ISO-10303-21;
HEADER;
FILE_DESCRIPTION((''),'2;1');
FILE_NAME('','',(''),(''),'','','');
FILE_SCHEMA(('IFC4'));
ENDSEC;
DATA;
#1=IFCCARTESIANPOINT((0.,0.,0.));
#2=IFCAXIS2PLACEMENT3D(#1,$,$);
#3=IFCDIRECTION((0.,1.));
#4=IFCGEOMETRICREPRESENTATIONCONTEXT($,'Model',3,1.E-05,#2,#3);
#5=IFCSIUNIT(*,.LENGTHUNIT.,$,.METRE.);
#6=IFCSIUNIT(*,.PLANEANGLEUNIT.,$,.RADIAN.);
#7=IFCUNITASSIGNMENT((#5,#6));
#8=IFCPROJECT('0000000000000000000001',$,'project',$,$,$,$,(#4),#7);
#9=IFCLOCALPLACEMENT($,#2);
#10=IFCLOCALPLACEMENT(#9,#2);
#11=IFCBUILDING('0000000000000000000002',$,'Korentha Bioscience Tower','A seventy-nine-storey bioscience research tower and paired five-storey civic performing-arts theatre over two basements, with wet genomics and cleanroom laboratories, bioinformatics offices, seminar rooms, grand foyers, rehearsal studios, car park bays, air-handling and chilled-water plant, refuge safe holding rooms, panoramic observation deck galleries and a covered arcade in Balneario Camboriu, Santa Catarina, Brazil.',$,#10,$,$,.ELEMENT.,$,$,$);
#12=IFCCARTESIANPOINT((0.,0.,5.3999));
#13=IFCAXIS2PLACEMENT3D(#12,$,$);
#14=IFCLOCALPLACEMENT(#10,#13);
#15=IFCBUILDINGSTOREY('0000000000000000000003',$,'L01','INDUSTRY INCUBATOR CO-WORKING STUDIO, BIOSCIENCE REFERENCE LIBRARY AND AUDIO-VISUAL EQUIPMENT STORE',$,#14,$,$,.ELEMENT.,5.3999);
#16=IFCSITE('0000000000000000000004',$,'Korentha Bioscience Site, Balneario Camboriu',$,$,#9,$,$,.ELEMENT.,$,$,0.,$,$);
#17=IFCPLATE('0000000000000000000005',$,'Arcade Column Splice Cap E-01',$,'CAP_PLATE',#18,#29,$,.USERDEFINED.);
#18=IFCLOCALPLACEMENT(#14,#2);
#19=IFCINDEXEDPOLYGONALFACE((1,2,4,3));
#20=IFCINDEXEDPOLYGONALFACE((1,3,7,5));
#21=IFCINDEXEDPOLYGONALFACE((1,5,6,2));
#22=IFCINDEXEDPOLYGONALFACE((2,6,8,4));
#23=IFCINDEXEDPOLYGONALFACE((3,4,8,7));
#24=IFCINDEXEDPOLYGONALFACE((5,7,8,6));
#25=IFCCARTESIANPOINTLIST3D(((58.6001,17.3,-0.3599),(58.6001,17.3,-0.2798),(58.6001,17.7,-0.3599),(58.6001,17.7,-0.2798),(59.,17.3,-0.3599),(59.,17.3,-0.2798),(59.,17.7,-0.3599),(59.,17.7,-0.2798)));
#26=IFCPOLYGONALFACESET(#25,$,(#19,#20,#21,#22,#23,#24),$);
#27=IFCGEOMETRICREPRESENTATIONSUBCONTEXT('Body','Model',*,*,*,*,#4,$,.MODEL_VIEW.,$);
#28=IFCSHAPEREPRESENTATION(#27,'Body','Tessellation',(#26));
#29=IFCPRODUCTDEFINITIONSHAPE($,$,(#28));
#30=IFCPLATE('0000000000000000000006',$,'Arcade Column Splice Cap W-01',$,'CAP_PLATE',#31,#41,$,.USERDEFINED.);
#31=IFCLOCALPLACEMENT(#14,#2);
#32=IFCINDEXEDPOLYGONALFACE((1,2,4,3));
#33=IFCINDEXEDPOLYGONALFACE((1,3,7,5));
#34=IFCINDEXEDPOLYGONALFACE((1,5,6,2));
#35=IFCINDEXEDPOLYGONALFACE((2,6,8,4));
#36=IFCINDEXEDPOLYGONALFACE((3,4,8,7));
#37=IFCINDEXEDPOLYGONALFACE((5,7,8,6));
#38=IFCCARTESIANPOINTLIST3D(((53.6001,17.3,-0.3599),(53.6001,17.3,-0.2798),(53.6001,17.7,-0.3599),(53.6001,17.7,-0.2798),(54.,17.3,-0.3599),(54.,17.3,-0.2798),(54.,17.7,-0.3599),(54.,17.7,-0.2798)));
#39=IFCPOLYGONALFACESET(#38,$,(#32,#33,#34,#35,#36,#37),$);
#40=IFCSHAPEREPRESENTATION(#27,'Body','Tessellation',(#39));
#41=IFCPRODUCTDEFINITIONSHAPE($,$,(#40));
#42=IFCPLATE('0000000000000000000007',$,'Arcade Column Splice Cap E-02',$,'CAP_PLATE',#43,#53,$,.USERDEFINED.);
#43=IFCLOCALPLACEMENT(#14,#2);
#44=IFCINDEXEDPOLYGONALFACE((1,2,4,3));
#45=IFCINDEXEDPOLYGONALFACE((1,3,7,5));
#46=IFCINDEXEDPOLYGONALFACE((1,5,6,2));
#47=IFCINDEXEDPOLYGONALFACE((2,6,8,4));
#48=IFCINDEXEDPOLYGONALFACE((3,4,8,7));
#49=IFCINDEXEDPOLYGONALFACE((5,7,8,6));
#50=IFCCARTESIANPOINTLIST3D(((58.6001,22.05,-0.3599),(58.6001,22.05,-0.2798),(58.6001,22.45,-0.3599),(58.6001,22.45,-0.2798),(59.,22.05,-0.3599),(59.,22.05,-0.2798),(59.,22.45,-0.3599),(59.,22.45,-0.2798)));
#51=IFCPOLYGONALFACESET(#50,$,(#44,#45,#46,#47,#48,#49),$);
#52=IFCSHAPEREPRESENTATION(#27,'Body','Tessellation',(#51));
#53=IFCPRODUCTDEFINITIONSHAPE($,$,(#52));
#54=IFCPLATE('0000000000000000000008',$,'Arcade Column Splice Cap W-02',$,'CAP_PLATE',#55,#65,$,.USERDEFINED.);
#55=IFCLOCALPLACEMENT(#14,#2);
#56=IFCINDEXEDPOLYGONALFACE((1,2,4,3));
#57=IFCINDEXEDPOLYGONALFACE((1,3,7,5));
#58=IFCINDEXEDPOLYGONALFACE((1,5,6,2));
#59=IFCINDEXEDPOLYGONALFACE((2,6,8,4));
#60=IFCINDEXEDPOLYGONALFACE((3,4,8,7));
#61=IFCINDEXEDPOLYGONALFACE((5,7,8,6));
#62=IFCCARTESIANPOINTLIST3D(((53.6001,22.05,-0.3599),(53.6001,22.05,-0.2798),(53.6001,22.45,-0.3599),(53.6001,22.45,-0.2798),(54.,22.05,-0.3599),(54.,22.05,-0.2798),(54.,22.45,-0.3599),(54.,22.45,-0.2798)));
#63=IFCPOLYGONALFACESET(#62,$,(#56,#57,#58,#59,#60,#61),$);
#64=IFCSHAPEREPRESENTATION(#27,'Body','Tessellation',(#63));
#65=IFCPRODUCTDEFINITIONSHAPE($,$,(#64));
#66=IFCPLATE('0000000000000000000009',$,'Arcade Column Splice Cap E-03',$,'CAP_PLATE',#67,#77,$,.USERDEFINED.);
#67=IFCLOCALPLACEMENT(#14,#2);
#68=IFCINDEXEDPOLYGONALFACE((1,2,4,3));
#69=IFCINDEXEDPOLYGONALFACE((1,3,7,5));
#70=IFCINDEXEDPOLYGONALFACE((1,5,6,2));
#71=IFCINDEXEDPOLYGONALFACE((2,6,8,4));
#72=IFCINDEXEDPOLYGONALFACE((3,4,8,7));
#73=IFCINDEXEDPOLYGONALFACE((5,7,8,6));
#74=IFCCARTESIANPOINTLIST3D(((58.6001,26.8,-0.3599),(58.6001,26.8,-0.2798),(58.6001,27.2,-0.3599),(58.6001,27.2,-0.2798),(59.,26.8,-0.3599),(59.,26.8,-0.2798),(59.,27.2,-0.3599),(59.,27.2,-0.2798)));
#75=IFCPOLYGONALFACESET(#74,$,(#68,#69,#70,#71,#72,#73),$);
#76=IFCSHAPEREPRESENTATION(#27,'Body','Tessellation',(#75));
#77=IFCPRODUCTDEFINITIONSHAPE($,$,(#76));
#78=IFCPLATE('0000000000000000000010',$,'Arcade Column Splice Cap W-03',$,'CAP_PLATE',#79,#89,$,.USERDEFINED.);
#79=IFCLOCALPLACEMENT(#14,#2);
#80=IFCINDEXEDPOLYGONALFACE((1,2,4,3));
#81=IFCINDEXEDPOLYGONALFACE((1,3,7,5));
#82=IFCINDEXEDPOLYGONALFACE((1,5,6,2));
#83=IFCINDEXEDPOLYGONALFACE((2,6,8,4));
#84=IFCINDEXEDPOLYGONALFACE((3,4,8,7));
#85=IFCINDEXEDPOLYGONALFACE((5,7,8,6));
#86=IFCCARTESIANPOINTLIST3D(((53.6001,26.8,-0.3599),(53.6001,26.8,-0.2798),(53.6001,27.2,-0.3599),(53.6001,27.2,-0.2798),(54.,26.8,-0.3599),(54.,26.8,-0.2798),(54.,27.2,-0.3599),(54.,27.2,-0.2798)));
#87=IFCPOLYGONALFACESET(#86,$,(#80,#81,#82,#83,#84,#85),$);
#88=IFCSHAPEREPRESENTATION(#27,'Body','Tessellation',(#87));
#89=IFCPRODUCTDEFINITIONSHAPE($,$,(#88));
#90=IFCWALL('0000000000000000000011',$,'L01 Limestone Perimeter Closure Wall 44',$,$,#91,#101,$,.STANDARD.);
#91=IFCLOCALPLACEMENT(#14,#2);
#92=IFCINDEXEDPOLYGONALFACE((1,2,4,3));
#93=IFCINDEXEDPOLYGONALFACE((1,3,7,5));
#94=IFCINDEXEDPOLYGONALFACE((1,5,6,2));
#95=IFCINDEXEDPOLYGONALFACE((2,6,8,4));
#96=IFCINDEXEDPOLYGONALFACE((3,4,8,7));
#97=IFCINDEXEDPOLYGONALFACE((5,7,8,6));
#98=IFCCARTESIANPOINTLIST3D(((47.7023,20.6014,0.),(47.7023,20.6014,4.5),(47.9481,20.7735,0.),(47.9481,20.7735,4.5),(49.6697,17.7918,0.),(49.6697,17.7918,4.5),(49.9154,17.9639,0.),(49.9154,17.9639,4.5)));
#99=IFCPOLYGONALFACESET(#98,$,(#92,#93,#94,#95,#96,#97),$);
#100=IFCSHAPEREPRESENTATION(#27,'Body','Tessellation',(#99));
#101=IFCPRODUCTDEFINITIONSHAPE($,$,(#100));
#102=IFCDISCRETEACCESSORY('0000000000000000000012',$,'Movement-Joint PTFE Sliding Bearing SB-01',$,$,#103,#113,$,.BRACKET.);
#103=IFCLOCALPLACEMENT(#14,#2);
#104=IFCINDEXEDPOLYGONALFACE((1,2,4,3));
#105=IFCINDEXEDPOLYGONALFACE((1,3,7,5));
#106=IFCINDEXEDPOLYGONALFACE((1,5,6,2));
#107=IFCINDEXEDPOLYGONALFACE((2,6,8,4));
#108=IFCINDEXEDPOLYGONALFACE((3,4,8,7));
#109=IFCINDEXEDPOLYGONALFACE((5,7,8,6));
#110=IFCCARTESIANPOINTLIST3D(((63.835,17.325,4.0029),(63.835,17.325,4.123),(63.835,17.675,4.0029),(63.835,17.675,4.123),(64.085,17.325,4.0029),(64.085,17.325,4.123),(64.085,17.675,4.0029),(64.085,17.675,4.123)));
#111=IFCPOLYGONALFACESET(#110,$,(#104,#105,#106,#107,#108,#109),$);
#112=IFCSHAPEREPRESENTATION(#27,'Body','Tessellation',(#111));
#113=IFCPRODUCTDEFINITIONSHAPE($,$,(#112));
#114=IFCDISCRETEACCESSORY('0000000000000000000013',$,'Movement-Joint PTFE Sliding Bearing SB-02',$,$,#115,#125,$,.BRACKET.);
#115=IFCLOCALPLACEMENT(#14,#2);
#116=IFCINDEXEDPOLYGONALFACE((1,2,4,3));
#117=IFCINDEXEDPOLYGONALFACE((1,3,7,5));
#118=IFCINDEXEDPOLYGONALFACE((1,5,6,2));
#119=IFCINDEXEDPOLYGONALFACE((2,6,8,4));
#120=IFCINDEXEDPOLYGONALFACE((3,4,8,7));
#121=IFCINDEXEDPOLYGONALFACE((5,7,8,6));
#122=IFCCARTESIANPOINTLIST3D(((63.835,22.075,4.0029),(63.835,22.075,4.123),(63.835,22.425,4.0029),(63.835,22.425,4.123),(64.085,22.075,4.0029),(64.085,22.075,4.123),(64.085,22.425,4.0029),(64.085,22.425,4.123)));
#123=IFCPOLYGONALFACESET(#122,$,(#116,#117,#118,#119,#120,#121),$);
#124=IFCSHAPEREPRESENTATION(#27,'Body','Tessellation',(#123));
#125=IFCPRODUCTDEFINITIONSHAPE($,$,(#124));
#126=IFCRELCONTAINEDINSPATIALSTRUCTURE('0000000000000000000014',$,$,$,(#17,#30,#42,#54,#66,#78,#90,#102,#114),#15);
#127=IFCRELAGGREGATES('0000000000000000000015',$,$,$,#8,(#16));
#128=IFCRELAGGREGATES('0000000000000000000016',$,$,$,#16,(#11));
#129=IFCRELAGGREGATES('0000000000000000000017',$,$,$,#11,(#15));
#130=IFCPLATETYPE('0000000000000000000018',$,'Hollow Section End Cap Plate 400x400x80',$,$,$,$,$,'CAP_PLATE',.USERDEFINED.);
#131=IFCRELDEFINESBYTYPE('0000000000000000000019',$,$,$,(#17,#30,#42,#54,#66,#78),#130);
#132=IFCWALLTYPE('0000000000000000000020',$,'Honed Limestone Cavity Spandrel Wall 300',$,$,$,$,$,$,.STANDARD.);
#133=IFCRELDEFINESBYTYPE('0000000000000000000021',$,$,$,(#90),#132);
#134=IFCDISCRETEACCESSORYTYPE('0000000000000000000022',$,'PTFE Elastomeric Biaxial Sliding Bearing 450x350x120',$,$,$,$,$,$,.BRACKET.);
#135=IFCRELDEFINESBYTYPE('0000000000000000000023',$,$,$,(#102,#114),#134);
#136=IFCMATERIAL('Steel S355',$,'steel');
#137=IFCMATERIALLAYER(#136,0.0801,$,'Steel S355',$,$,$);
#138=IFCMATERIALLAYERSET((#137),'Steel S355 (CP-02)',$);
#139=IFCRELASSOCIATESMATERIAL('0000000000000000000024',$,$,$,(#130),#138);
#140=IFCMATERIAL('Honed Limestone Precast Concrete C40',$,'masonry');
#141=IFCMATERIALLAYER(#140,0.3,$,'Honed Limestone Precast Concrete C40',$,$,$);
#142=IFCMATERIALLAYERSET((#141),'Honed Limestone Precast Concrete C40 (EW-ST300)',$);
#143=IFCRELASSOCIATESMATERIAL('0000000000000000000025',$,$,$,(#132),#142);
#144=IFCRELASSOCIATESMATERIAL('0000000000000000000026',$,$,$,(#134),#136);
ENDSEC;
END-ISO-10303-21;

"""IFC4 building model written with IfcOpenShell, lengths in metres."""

from ifc_helpers import new_model, si_unit, direction, frame, frame_2d, origin, origin_2d, place, context, subcontext, project, spatial, rectangle, extrude, material, layer, layer_set, type_object, element, save


model = new_model("IFC4")

# Units and contexts
model_context = context("Model", 3, precision=1e-05, world=origin(), true_north=direction((0.0, 1.0)))
body_context = subcontext(model_context, "Body", "Model", "MODEL_VIEW")
ifc_project = project(units=[si_unit("LENGTHUNIT", "METRE"), si_unit("PLANEANGLEUNIT", "RADIAN")], contexts=[model_context])

# Site, building, storey
site_placement = place(None, origin())
site = spatial("IfcSite", under=ifc_project, at=site_placement, Name="Korentha Bioscience Site, Balneario Camboriu", CompositionType="ELEMENT", RefElevation=0.0)
building_placement = place(site_placement, origin())
building = spatial("IfcBuilding", under=site, at=building_placement, Name="Korentha Bioscience Tower", Description="A seventy-nine-storey bioscience research tower and paired five-storey civic performing-arts theatre over two basements, with wet genomics and cleanroom laboratories, bioinformatics offices, seminar rooms, grand foyers, rehearsal studios, car park bays, air-handling and chilled-water plant, refuge safe holding rooms, panoramic observation deck galleries and a covered arcade in Balneario Camboriu, Santa Catarina, Brazil.", CompositionType="ELEMENT")
storey_placement = place(building_placement, frame((0.0, 0.0, 5.3999)))
storey = spatial("IfcBuildingStorey", under=building, at=storey_placement, Name="L01", Description="INDUSTRY INCUBATOR CO-WORKING STUDIO, BIOSCIENCE REFERENCE LIBRARY AND AUDIO-VISUAL EQUIPMENT STORE", CompositionType="ELEMENT", Elevation=5.3999)

# Shared definitions
ifc_material_1 = material(Name="Steel S355", Category="steel")

# Plates
ifc_layer_1 = layer(ifc_material_1, 0.0801, Name="Steel S355")
ifc_layer_set_1 = layer_set([ifc_layer_1], Name="Steel S355 (CP-02)")
plate_type_1 = type_object("IfcPlateType", Name="Hollow Section End Cap Plate 400x400x80", ElementType="CAP_PLATE", PredefinedType="USERDEFINED", material=ifc_layer_set_1)
for number, where, z_axis, x_axis, name in (
    (1, (58.8, 17.5, -0.3599), (0.0, 0.0, 1.0), (1.0, 0.0, 0.0), "Arcade Column Splice Cap E-01"),
    (2, (53.8, 17.5, -0.3599), (0.0, 0.0, 1.0), (1.0, 0.0, 0.0), "Arcade Column Splice Cap W-01"),
    (3, (58.8, 22.25, -0.3599), (0.0, 0.0, 1.0), (1.0, 0.0, 0.0), "Arcade Column Splice Cap E-02"),
    (4, (53.8, 22.25, -0.3599), (0.0, 0.0, 1.0), (1.0, 0.0, 0.0), "Arcade Column Splice Cap W-02"),
    (5, (58.8, 27.0, -0.3599), (0.0, 0.0, 1.0), (1.0, 0.0, 0.0), "Arcade Column Splice Cap E-03"),
    (6, (53.8, 27.0, -0.3599), (0.0, 0.0, 1.0), (1.0, 0.0, 0.0), "Arcade Column Splice Cap W-03"),
):
    element("IfcPlate", number, at=place(storey_placement, frame(where, z_axis=z_axis, x_axis=x_axis)), inside=storey, type_object=plate_type_1, Name=name, ObjectType="CAP_PLATE", PredefinedType="USERDEFINED", context=body_context, shape_type="SweptSolid", body=[
        extrude(rectangle(XDim=0.3999, YDim=0.3999, at=origin_2d()), origin(), (0.0, 0.0, 1.0), 0.0801),
    ])

# Wall
ifc_material_2 = material(Name="Honed Limestone Precast Concrete C40", Category="masonry")
ifc_layer_2 = layer(ifc_material_2, 0.3, Name="Honed Limestone Precast Concrete C40")
ifc_layer_set_2 = layer_set([ifc_layer_2], Name="Honed Limestone Precast Concrete C40 (EW-ST300)")
wall_type = type_object("IfcWallType", Name="Honed Limestone Cavity Spandrel Wall 300", PredefinedType="STANDARD", material=ifc_layer_set_2)
wall_placement = place(storey_placement, frame((49.7925, 17.8779, 0.0), z_axis=(0.0, 0.0, 1.0), x_axis=(-0.573577, 0.819152, 0.0)))
element("IfcWall", 7, at=wall_placement, inside=storey, type_object=wall_type, Name="L01 Limestone Perimeter Closure Wall 44", PredefinedType="STANDARD", context=body_context, shape_type="SweptSolid", body=[
    extrude(rectangle(XDim=3.4299, YDim=0.3, at=frame_2d((1.7148, 0.0))), origin(), (0.0, 0.0, 1.0), 4.5),
])

# Discrete accessories
discrete_accessory_type = type_object("IfcDiscreteAccessoryType", Name="PTFE Elastomeric Biaxial Sliding Bearing 450x350x120", PredefinedType="BRACKET", material=ifc_material_1)
for number, where, z_axis, x_axis, name in (
    (8, (63.96, 17.5, 4.0029), (0.0, 0.0, 1.0), (1.0, 0.0, 0.0), "Movement-Joint PTFE Sliding Bearing SB-01"),
    (9, (63.96, 22.25, 4.0029), (0.0, 0.0, 1.0), (1.0, 0.0, 0.0), "Movement-Joint PTFE Sliding Bearing SB-02"),
):
    element("IfcDiscreteAccessory", number, at=place(storey_placement, frame(where, z_axis=z_axis, x_axis=x_axis)), inside=storey, type_object=discrete_accessory_type, Name=name, PredefinedType="BRACKET", context=body_context, shape_type="SweptSolid", body=[
        extrude(rectangle(XDim=0.25, YDim=0.3501, at=origin_2d()), origin(), (0.0, 0.0, 1.0), 0.1201),
    ])

save(model, "model.ifc")
